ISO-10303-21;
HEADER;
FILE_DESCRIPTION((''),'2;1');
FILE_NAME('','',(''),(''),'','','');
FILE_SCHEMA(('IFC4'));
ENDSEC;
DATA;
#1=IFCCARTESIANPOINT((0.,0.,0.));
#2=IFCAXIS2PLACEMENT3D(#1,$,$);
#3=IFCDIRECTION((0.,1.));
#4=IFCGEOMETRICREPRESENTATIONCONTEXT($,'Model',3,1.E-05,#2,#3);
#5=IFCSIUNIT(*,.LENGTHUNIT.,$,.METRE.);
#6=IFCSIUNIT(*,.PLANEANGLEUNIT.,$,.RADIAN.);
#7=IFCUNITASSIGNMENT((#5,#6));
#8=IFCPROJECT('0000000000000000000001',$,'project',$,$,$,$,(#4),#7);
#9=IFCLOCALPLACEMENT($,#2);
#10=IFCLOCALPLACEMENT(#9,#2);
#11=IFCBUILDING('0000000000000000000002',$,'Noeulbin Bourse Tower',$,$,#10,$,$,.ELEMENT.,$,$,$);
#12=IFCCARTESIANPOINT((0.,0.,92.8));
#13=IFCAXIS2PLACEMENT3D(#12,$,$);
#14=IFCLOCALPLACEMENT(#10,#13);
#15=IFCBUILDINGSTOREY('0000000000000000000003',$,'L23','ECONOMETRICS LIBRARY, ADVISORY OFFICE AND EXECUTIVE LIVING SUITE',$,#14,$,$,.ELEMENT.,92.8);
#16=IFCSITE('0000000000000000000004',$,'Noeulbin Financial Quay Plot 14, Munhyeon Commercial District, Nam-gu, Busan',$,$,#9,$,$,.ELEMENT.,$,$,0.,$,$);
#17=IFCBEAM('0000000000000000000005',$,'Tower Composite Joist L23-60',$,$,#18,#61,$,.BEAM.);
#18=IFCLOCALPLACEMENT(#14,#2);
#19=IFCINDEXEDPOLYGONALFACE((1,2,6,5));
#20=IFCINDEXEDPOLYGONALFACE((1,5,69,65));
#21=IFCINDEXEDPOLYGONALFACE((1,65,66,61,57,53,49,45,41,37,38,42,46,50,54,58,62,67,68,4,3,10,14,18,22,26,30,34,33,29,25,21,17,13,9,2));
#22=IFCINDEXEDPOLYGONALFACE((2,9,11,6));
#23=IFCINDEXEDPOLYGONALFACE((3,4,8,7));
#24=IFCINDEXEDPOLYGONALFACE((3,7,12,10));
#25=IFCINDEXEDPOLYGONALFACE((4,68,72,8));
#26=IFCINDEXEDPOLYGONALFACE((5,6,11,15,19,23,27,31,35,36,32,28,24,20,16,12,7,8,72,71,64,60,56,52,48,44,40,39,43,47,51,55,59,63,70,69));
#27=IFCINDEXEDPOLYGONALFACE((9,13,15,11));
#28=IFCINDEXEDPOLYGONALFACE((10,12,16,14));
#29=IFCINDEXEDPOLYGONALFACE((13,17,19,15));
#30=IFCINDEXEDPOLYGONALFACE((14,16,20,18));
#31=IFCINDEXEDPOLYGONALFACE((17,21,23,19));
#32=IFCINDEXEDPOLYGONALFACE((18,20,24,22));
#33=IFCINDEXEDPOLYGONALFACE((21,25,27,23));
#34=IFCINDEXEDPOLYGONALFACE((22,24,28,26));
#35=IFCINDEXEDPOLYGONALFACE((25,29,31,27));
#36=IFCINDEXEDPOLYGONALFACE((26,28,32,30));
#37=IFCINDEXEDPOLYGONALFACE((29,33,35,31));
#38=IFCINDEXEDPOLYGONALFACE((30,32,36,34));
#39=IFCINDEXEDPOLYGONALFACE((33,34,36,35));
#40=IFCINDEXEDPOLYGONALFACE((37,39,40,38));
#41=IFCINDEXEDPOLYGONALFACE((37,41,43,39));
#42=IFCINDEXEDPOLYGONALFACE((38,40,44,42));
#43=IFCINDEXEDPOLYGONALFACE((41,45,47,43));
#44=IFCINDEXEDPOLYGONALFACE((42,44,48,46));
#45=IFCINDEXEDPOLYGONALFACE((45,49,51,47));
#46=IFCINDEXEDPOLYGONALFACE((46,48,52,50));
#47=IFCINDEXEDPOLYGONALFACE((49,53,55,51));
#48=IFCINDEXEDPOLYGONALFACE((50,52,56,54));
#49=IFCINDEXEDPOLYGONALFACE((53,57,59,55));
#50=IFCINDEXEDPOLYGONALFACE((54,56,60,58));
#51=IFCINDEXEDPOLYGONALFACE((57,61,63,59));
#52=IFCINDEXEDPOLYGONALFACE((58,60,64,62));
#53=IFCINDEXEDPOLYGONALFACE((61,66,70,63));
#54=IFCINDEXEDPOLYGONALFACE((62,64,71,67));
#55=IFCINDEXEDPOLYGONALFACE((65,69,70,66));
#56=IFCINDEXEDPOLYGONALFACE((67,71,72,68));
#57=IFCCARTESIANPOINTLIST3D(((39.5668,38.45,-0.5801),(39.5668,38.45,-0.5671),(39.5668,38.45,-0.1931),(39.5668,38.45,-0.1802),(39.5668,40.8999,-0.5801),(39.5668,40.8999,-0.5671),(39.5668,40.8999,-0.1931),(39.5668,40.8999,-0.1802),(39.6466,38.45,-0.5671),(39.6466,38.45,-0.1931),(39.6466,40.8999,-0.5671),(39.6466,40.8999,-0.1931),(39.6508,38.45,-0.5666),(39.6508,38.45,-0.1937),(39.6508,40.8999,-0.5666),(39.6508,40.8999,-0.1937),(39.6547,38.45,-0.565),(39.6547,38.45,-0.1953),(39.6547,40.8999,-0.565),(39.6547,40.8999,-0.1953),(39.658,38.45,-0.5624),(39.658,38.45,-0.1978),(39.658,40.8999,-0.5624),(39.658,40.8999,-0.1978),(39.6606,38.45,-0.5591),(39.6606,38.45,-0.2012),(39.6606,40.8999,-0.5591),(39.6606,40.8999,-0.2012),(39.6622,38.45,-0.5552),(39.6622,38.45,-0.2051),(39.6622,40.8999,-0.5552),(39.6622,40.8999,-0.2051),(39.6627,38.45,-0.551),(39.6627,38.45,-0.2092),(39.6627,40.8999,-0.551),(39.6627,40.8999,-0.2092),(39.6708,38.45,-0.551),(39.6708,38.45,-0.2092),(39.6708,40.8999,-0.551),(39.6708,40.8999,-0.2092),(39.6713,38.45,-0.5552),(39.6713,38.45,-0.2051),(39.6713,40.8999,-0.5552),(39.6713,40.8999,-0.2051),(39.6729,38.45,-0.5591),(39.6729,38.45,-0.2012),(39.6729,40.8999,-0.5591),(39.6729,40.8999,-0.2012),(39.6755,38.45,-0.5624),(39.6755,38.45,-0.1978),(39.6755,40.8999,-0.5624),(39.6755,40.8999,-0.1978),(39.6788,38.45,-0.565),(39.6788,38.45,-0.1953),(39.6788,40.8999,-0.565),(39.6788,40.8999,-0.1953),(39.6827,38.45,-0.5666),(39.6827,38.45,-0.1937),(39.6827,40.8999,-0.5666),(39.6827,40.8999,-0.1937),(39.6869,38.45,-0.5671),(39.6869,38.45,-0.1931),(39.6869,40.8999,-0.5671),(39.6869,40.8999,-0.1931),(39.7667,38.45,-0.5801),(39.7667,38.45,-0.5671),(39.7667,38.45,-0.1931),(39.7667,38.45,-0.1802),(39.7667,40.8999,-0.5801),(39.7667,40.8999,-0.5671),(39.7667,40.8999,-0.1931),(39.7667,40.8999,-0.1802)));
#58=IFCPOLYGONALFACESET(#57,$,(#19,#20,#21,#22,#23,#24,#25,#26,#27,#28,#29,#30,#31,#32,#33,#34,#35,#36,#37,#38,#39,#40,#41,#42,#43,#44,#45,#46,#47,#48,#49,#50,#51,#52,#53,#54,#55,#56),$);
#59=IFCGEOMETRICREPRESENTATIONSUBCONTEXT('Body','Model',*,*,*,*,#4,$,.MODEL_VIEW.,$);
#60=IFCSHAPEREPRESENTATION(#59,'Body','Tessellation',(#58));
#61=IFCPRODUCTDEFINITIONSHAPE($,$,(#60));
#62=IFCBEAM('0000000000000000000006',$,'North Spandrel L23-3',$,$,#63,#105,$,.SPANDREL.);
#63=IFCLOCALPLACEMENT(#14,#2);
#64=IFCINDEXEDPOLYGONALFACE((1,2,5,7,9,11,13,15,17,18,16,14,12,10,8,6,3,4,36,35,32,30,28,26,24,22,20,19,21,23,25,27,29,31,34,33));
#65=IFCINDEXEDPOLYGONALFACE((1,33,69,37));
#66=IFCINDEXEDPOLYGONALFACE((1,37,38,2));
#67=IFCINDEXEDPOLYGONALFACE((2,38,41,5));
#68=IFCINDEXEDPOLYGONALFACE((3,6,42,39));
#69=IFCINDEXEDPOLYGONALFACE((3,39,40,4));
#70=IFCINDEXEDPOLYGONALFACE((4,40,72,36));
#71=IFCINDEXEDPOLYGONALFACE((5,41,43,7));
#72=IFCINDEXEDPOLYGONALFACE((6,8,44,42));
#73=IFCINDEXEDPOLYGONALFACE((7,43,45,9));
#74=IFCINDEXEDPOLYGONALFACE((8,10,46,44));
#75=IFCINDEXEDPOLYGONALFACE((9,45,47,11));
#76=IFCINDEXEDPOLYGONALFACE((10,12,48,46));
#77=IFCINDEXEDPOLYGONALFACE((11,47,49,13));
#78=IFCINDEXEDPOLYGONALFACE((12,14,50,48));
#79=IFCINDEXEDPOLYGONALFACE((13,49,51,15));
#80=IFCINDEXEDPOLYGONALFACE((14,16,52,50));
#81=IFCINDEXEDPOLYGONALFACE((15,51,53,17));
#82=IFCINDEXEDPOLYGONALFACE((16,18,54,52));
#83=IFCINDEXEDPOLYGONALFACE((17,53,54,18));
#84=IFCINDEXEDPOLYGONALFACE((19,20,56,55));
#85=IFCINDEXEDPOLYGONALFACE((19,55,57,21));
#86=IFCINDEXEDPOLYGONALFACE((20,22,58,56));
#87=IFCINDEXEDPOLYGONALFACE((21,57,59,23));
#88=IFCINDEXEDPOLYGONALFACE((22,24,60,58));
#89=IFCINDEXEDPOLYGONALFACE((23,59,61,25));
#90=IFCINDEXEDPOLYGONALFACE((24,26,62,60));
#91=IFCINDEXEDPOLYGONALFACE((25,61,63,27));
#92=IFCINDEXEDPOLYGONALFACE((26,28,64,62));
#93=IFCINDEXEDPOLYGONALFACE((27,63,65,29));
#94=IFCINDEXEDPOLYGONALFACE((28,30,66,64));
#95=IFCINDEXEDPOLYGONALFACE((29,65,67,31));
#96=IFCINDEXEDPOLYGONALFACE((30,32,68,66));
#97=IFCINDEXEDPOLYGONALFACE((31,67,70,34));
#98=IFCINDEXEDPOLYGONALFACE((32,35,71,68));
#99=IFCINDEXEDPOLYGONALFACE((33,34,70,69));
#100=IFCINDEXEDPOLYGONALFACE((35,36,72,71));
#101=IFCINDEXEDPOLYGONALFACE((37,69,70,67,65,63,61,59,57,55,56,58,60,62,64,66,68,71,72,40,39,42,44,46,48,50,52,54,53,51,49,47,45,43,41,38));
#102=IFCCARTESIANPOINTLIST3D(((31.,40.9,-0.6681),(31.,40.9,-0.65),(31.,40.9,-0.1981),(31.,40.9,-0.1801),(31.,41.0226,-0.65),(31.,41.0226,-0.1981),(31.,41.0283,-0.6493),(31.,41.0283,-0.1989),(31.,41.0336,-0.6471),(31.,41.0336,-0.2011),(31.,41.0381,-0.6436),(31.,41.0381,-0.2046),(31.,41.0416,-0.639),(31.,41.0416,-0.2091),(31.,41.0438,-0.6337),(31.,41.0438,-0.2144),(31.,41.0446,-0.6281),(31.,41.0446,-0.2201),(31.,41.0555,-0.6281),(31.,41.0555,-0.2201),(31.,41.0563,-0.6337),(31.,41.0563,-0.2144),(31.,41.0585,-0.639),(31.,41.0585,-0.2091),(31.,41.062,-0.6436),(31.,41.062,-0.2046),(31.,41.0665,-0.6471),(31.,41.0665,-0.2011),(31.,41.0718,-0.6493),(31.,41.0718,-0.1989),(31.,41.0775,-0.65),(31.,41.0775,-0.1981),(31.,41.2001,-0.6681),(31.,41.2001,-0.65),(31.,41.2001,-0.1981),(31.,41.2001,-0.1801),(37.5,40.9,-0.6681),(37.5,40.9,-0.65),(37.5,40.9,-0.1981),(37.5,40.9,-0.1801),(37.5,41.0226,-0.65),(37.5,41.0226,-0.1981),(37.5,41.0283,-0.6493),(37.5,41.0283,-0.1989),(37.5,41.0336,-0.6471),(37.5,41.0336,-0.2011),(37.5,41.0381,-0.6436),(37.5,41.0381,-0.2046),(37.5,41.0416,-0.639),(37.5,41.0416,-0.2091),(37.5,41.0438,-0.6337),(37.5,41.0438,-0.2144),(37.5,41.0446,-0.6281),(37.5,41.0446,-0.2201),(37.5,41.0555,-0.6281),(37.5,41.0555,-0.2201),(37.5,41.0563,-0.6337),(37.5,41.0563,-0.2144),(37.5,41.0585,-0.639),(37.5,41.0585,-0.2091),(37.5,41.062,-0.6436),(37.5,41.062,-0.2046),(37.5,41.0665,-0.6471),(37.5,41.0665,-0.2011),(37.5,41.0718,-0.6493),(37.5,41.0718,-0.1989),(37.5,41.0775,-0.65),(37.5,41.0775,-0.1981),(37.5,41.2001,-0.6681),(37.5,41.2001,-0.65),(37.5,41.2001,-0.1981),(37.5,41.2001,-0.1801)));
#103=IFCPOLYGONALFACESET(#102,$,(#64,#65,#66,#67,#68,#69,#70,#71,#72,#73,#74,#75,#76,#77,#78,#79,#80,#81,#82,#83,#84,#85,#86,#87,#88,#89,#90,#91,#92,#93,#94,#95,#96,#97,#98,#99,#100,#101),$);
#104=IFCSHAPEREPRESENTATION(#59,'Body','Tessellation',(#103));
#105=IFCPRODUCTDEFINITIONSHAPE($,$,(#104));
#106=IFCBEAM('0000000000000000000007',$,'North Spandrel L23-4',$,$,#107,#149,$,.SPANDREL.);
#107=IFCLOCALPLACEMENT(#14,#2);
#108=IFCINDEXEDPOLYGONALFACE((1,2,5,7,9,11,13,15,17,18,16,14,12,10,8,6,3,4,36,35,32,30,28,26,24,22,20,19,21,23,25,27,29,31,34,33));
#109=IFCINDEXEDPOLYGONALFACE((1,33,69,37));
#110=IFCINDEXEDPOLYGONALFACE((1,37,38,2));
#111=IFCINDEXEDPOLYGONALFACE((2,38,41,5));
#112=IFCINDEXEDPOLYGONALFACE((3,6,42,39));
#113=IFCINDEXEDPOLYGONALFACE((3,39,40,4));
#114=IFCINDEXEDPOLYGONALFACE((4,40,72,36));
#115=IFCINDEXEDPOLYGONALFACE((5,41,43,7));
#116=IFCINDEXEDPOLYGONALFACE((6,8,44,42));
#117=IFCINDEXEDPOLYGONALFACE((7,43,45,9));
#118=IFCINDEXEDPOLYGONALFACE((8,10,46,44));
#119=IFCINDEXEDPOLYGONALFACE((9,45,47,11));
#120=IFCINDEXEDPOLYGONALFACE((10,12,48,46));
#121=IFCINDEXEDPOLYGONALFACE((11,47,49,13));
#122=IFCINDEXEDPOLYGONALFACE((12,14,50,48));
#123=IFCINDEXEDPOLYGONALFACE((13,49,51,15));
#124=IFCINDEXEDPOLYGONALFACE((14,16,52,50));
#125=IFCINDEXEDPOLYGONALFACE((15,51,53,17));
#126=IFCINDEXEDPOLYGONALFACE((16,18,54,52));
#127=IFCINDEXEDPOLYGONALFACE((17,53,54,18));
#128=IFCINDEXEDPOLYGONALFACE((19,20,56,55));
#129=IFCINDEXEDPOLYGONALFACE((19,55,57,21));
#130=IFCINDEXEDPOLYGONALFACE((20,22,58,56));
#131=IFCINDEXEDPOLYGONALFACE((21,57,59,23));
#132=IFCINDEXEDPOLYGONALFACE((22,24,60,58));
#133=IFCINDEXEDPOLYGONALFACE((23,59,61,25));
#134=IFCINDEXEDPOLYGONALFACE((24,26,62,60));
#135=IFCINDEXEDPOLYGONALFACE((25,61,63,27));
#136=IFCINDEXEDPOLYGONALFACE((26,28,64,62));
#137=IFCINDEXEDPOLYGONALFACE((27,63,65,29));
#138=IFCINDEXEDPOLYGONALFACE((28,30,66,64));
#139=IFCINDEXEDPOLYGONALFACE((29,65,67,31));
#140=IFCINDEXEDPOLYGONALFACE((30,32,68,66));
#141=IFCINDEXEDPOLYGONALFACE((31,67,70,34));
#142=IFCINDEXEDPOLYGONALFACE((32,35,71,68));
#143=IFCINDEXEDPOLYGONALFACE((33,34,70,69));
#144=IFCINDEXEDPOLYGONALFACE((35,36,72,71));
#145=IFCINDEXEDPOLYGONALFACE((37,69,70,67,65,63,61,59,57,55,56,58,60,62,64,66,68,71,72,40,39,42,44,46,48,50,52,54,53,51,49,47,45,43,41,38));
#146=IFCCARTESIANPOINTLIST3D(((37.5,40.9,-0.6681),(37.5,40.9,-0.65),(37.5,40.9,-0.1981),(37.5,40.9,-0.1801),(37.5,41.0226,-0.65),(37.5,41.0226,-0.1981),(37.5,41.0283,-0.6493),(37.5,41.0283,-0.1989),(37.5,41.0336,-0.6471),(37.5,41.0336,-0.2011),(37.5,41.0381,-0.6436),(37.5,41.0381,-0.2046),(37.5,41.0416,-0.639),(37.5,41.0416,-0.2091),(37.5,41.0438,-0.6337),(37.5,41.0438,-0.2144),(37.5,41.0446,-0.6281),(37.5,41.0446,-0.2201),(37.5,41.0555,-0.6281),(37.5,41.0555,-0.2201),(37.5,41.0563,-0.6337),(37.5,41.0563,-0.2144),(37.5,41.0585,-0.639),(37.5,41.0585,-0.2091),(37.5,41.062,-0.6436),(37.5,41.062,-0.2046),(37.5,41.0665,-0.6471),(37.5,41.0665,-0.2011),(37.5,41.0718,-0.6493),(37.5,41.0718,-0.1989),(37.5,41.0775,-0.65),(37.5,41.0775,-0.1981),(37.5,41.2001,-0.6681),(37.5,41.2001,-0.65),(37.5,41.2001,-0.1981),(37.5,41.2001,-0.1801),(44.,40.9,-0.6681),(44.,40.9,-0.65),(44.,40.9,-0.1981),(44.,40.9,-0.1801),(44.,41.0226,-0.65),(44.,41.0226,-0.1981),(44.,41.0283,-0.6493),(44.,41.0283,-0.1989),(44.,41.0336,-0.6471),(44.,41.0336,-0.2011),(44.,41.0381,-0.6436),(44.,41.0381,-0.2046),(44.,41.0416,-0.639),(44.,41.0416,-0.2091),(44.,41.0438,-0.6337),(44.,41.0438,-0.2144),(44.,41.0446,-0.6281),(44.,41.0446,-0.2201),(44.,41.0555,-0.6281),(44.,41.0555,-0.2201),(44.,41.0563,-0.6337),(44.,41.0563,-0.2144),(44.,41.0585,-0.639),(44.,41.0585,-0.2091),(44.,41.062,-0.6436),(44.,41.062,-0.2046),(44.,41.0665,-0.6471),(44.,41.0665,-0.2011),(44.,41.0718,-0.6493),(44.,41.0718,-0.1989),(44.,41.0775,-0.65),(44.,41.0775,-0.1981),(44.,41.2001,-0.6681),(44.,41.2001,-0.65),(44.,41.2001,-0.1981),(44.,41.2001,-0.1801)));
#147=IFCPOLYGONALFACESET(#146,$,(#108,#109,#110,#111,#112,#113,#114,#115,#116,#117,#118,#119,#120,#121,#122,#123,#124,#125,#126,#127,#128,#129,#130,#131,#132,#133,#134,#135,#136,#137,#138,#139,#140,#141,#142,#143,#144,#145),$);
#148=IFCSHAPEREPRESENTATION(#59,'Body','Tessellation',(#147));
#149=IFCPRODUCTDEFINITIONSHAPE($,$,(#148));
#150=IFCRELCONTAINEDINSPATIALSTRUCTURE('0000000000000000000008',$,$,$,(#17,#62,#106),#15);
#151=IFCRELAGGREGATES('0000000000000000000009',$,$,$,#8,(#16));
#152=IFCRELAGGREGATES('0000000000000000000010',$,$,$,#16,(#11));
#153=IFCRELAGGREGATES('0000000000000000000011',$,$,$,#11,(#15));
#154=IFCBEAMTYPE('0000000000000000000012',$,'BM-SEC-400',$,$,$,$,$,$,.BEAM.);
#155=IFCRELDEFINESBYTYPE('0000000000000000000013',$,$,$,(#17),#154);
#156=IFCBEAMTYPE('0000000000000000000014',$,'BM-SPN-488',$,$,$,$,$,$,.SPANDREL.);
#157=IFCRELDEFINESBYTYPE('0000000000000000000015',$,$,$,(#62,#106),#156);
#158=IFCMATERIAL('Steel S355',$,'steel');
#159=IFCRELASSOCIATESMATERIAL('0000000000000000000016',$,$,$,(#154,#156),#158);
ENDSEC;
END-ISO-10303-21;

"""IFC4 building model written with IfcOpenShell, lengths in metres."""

from ifc_helpers import new_model, si_unit, direction, frame, origin, origin_2d, place, context, subcontext, project, spatial, i_section, extrude, material, material_profile, profile_set, type_object, element, save


model = new_model("IFC4")

# Units and contexts
model_context = context("Model", 3, precision=1e-05, world=origin(), true_north=direction((0.0, 1.0)))
body_context = subcontext(model_context, "Body", "Model", "MODEL_VIEW")
ifc_project = project(units=[si_unit("LENGTHUNIT", "METRE"), si_unit("PLANEANGLEUNIT", "RADIAN")], contexts=[model_context])

# Site, building, storey
site_placement = place(None, origin())
site = spatial("IfcSite", under=ifc_project, at=site_placement, Name="Noeulbin Financial Quay Plot 14, Munhyeon Commercial District, Nam-gu, Busan", CompositionType="ELEMENT", RefElevation=0.0)
building_placement = place(site_placement, origin())
building = spatial("IfcBuilding", under=site, at=building_placement, Name="Noeulbin Bourse Tower", CompositionType="ELEMENT")
storey_placement = place(building_placement, frame((0.0, 0.0, 92.8)))
storey = spatial("IfcBuildingStorey", under=building, at=storey_placement, Name="L23", Description="ECONOMETRICS LIBRARY, ADVISORY OFFICE AND EXECUTIVE LIVING SUITE", CompositionType="ELEMENT", Elevation=92.8)

# Beams
ifc_material_1 = material(Name="Steel S355", Category="steel")
ifc_material_profile_1 = material_profile(ifc_material_1, i_section(OverallWidth=0.2, OverallDepth=0.3999, WebThickness=0.0081, FlangeThickness=0.0129, FilletRadius=0.0161, at=origin_2d()), Name="H-400x200x8x13", Category="LoadBearing")
ifc_profile_set_1 = profile_set([ifc_material_profile_1], Name="Steel S355")
beam_type_1 = type_object("IfcBeamType", Name="BM-SEC-400", PredefinedType="BEAM", material=ifc_profile_set_1)
for number, where, z_axis, x_axis, name in (
    (1, (39.6667, 38.45, -0.3801), (0.0, 1.0, 0.0), (-1.0, 0.0, 0.0), "Tower Composite Joist L23-60"),
):
    element("IfcBeam", number, at=place(storey_placement, frame(where, z_axis=z_axis, x_axis=x_axis)), inside=storey, type_object=beam_type_1, Name=name, PredefinedType="BEAM", context=body_context, shape_type="SweptSolid", body=[
        extrude(i_section(OverallWidth=0.2, OverallDepth=0.3999, WebThickness=0.0081, FlangeThickness=0.0129, FilletRadius=0.0161, at=origin_2d()), origin(), (0.0, 0.0, 1.0), 2.45),
    ])
ifc_material_profile_2 = material_profile(ifc_material_1, i_section(OverallWidth=0.3, OverallDepth=0.488, WebThickness=0.011, FlangeThickness=0.0181, FilletRadius=0.022, at=origin_2d()), Name="H-488x300x11x18", Category="LoadBearing")
ifc_profile_set_2 = profile_set([ifc_material_profile_2], Name="Steel S355")
beam_type_2 = type_object("IfcBeamType", Name="BM-SPN-488", PredefinedType="SPANDREL", material=ifc_profile_set_2)
for number, where, z_axis, x_axis, name in (
    (2, (31.0, 41.05, -0.4241), (1.0, 0.0, 0.0), (0.0, 1.0, 0.0), "North Spandrel L23-3"),
    (3, (37.5, 41.05, -0.4241), (1.0, 0.0, 0.0), (0.0, 1.0, 0.0), "North Spandrel L23-4"),
):
    element("IfcBeam", number, at=place(storey_placement, frame(where, z_axis=z_axis, x_axis=x_axis)), inside=storey, type_object=beam_type_2, Name=name, PredefinedType="SPANDREL", context=body_context, shape_type="SweptSolid", body=[
        extrude(i_section(OverallWidth=0.3, OverallDepth=0.488, WebThickness=0.011, FlangeThickness=0.0181, FilletRadius=0.022, at=origin_2d()), origin(), (0.0, 0.0, 1.0), 6.5),
    ])

save(model, "model.ifc")
